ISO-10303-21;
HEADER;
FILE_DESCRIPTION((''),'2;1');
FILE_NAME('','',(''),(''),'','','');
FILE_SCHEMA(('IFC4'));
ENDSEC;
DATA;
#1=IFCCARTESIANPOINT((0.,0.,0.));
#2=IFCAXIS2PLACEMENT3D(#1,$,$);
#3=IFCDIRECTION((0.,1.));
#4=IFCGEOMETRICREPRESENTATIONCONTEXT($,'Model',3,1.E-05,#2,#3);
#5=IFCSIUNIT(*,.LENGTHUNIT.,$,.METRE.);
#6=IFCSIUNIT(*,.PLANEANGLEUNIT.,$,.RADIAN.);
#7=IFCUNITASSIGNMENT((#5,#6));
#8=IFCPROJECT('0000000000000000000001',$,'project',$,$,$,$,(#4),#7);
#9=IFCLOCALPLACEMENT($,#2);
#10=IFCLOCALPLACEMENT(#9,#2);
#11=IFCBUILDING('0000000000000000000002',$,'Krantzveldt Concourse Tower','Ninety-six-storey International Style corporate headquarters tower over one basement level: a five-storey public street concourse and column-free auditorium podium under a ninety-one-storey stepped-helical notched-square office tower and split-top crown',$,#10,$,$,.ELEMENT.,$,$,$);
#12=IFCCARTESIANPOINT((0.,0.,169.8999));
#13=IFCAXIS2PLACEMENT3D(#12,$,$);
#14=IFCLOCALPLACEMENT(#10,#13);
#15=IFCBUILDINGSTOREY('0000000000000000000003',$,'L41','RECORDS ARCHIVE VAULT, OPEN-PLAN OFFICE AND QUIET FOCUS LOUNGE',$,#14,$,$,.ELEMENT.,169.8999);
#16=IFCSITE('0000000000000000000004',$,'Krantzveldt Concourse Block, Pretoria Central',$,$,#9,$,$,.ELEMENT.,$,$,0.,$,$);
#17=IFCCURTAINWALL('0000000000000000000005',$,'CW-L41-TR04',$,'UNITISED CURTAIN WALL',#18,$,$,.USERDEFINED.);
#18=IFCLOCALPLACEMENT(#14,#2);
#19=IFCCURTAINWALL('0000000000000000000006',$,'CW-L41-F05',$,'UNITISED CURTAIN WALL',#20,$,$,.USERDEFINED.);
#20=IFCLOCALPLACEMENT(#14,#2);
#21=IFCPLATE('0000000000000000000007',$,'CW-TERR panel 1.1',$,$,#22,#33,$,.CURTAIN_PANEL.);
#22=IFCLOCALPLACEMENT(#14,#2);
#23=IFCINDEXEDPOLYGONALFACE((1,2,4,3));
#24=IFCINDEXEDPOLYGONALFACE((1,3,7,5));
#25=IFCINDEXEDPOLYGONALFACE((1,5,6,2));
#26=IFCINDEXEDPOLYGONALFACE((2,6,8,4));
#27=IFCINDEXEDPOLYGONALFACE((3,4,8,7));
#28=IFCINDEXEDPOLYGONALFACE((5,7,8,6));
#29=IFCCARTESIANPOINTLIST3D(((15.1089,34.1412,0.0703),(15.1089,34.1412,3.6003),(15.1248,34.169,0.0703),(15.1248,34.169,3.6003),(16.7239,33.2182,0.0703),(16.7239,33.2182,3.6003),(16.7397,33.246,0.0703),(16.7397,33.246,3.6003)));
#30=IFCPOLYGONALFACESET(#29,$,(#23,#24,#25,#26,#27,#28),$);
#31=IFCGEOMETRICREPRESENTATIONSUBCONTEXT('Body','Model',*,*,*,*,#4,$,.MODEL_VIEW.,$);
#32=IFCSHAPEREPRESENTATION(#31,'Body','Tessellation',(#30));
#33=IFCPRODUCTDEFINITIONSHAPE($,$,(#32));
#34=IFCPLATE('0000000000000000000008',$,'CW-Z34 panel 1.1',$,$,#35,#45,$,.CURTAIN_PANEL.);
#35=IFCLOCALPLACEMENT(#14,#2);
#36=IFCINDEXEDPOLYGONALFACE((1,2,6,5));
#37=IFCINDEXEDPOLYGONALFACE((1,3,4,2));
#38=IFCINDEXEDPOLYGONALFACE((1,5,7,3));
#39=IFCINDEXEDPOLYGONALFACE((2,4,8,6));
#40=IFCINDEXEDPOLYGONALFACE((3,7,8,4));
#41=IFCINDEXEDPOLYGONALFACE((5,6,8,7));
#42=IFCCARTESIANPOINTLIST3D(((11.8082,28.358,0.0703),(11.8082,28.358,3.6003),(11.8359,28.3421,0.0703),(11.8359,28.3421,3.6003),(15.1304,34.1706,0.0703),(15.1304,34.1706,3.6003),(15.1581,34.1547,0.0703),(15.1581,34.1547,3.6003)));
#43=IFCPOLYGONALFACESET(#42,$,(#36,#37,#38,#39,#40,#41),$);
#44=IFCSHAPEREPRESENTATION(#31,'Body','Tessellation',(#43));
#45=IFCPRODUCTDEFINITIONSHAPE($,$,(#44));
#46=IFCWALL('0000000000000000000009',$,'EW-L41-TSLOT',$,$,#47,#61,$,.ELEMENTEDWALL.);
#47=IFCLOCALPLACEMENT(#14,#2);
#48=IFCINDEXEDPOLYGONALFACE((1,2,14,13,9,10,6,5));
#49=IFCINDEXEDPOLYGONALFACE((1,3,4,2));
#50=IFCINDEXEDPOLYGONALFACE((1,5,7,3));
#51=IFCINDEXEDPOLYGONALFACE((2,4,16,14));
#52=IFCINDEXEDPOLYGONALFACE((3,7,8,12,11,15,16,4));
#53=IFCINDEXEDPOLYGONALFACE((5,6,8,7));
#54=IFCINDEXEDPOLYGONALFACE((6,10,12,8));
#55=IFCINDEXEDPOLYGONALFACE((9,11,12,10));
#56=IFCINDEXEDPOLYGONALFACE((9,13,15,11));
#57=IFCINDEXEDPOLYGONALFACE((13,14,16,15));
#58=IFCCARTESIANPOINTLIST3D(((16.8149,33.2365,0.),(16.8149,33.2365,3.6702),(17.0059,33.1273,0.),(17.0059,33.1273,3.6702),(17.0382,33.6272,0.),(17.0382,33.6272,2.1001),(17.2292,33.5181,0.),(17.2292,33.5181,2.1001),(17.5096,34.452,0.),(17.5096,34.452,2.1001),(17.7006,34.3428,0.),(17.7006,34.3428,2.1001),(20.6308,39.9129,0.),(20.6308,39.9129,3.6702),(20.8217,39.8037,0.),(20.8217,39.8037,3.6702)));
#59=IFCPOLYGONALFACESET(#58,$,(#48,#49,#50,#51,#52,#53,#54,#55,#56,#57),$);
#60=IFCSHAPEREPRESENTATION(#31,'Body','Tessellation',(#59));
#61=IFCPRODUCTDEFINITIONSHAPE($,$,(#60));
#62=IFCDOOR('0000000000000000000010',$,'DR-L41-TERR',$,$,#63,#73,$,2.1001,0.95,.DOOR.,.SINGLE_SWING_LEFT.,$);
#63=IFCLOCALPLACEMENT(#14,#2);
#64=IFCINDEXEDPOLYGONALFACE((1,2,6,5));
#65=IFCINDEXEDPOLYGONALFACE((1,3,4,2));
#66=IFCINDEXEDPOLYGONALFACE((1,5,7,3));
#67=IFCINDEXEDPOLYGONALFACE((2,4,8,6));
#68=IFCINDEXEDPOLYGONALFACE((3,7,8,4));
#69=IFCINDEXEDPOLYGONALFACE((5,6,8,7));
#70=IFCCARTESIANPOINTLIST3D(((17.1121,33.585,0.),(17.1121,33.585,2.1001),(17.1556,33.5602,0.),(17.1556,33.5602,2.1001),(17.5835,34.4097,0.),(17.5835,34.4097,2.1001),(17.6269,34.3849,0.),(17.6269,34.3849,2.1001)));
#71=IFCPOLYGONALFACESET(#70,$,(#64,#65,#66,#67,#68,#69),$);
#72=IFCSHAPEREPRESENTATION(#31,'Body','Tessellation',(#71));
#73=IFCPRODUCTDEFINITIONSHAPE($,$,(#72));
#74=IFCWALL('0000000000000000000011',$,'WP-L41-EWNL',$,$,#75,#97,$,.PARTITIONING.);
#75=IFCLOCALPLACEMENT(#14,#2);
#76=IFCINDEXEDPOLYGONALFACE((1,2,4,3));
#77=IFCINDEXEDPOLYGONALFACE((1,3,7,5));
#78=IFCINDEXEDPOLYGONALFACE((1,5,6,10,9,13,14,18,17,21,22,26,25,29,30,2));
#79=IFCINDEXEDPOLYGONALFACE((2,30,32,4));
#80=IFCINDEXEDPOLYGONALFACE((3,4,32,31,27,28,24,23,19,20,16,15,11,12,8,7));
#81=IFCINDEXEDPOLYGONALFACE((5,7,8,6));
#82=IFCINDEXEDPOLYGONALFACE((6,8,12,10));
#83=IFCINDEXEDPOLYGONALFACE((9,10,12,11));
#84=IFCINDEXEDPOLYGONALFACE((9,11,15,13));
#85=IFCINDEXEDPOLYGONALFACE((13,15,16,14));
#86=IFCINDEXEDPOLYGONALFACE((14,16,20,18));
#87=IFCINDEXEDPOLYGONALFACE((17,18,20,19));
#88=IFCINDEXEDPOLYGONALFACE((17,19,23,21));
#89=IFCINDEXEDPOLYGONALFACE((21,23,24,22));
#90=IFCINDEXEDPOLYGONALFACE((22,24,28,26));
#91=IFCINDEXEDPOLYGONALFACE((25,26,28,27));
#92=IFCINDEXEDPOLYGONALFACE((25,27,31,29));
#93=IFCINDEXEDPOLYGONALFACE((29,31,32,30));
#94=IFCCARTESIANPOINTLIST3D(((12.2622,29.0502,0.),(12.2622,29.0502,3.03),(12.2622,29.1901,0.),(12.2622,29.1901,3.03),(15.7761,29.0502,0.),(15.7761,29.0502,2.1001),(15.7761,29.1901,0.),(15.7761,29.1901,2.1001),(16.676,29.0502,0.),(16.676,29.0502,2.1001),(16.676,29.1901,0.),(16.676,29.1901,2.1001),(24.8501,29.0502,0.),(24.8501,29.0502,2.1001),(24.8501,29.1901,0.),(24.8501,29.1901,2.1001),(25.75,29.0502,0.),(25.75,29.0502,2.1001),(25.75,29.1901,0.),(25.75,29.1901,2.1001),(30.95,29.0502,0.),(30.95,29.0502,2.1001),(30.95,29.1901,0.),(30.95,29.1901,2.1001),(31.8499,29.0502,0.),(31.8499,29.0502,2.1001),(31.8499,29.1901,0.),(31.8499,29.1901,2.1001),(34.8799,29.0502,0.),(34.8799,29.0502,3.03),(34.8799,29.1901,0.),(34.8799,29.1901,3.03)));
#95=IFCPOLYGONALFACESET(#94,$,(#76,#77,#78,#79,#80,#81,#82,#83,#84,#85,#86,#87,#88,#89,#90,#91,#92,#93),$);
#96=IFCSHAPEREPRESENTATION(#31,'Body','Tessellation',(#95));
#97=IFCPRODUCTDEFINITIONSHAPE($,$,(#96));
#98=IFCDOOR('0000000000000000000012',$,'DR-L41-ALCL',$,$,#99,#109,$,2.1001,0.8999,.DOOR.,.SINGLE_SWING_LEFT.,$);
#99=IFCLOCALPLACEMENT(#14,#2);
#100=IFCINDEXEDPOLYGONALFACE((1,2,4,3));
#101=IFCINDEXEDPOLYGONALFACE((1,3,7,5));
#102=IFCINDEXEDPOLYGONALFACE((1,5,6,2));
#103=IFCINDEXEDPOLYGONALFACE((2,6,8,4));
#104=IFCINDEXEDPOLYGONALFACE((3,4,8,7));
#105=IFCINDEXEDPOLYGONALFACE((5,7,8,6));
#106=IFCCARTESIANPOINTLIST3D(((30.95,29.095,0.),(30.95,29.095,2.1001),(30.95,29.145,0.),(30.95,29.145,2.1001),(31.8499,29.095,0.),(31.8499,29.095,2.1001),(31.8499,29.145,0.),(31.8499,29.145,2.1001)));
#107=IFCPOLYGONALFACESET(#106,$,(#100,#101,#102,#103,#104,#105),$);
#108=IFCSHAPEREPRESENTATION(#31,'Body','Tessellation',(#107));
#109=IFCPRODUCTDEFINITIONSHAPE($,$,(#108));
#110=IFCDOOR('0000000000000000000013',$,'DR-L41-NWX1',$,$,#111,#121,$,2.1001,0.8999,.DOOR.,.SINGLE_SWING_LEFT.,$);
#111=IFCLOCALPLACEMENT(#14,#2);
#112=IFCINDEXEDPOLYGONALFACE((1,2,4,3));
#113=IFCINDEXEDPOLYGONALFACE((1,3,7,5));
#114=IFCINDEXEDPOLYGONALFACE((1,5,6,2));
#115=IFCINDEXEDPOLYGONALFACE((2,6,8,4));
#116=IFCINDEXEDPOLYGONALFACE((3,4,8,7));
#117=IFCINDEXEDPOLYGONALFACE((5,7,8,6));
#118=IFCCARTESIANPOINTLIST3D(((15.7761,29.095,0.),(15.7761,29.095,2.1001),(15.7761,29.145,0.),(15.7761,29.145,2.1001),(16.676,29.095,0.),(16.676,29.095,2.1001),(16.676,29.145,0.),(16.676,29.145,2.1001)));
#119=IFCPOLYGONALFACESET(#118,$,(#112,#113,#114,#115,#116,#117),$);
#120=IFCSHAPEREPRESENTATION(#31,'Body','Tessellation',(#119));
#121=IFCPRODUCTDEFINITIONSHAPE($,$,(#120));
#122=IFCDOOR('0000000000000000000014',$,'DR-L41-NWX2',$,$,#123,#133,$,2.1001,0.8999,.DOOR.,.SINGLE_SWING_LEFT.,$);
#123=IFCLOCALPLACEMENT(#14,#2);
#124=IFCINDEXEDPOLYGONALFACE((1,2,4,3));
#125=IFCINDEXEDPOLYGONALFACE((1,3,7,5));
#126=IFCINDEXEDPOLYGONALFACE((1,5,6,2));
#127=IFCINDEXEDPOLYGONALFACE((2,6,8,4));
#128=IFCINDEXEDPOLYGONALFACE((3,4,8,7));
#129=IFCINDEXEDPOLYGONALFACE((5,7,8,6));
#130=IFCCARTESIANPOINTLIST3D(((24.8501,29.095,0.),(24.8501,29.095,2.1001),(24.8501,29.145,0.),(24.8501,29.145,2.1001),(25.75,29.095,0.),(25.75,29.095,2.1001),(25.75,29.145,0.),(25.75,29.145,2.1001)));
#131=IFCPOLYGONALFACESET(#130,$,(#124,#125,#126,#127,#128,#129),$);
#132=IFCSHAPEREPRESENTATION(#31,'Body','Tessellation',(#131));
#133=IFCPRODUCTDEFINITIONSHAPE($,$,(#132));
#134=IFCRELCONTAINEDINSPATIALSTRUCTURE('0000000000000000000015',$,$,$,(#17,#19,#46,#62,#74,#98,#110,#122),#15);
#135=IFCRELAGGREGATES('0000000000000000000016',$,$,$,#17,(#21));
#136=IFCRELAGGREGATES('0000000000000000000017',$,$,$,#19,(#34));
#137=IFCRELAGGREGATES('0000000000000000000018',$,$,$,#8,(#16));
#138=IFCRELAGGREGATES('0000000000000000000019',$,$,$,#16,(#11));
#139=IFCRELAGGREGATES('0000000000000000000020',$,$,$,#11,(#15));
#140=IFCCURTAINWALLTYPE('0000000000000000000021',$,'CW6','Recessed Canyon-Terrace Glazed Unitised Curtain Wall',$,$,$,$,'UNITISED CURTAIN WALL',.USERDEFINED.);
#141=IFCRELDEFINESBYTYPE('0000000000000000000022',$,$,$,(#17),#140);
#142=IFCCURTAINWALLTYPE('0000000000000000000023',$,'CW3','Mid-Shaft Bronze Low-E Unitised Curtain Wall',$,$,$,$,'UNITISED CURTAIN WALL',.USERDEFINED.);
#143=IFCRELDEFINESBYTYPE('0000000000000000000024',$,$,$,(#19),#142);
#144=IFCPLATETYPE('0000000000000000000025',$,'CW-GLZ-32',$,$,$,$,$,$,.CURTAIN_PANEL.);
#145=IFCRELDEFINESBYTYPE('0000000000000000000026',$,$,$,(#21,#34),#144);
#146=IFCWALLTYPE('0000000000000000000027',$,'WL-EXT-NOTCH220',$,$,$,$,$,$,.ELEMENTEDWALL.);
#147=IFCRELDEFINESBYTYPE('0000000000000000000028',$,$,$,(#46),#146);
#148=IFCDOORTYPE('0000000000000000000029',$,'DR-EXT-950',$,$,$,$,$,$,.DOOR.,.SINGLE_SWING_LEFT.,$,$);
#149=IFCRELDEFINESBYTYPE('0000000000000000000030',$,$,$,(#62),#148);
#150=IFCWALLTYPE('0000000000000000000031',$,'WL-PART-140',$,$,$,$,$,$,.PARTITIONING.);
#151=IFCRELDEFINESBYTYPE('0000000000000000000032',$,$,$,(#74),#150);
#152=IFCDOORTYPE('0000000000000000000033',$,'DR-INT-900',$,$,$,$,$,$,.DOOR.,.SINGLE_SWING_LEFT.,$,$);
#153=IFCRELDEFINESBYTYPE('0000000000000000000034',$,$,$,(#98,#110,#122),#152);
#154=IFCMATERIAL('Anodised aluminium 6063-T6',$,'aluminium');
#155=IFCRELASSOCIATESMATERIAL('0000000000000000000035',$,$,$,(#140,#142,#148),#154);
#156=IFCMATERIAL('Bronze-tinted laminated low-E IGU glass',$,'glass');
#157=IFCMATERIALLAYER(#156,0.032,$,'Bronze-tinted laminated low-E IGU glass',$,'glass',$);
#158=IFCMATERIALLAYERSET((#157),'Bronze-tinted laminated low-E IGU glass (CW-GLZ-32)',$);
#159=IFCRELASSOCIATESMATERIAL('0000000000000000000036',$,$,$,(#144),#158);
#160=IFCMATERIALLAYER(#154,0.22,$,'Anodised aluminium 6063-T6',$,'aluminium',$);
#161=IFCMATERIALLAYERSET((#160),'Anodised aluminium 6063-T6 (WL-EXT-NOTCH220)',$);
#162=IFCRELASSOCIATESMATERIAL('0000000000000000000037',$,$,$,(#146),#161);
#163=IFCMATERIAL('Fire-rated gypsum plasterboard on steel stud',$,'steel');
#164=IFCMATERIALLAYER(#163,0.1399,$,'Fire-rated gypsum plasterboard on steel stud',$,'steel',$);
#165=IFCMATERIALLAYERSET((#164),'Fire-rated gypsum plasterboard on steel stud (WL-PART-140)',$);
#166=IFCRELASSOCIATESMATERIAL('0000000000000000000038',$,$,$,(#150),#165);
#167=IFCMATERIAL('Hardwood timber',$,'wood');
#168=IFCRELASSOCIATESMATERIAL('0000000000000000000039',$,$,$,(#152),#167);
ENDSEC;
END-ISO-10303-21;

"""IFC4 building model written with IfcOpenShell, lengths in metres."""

from ifc_helpers import new_model, si_unit, direction, frame, frame_2d, origin, origin_2d, place, context, subcontext, project, spatial, rectangle, extrude, source, transform, mapped, material, layer, layer_set, type_object, type_shapes, element, fill, aggregate, save


model = new_model("IFC4")

# Units and contexts
model_context = context("Model", 3, precision=1e-05, world=origin(), true_north=direction((0.0, 1.0)))
body_context = subcontext(model_context, "Body", "Model", "MODEL_VIEW")
ifc_project = project(units=[si_unit("LENGTHUNIT", "METRE"), si_unit("PLANEANGLEUNIT", "RADIAN")], contexts=[model_context])

# Site, building, storey
site_placement = place(None, origin())
site = spatial("IfcSite", under=ifc_project, at=site_placement, Name="Krantzveldt Concourse Block, Pretoria Central", CompositionType="ELEMENT", RefElevation=0.0)
building_placement = place(site_placement, origin())
building = spatial("IfcBuilding", under=site, at=building_placement, Name="Krantzveldt Concourse Tower", Description="Ninety-six-storey International Style corporate headquarters tower over one basement level: a five-storey public street concourse and column-free auditorium podium under a ninety-one-storey stepped-helical notched-square office tower and split-top crown", CompositionType="ELEMENT")
storey_placement = place(building_placement, frame((0.0, 0.0, 169.8999)))
storey = spatial("IfcBuildingStorey", under=building, at=storey_placement, Name="L41", Description="RECORDS ARCHIVE VAULT, OPEN-PLAN OFFICE AND QUIET FOCUS LOUNGE", CompositionType="ELEMENT", Elevation=169.8999)

# Curtain walls
ifc_material_1 = material(Name="Anodised aluminium 6063-T6", Category="aluminium")
curtain_wall_type_1 = type_object("IfcCurtainWallType", Name="CW6", Description="Recessed Canyon-Terrace Glazed Unitised Curtain Wall", ElementType="UNITISED CURTAIN WALL", PredefinedType="USERDEFINED", material=ifc_material_1)
curtain_wall_1_placement = place(storey_placement, origin())
curtain_wall_1 = element("IfcCurtainWall", 1, at=curtain_wall_1_placement, inside=storey, type_object=curtain_wall_type_1, Name="CW-L41-TR04", ObjectType="UNITISED CURTAIN WALL", PredefinedType="USERDEFINED")
curtain_wall_type_2 = type_object("IfcCurtainWallType", Name="CW3", Description="Mid-Shaft Bronze Low-E Unitised Curtain Wall", ElementType="UNITISED CURTAIN WALL", PredefinedType="USERDEFINED", material=ifc_material_1)
curtain_wall_2_placement = place(storey_placement, origin())
curtain_wall_2 = element("IfcCurtainWall", 2, at=curtain_wall_2_placement, inside=storey, type_object=curtain_wall_type_2, Name="CW-L41-F05", ObjectType="UNITISED CURTAIN WALL", PredefinedType="USERDEFINED")

# Plates
ifc_material_2 = material(Name="Bronze-tinted laminated low-E IGU glass", Category="glass")
ifc_layer_1 = layer(ifc_material_2, 0.032, Name="Bronze-tinted laminated low-E IGU glass", Category="glass")
ifc_layer_set_1 = layer_set([ifc_layer_1], Name="Bronze-tinted laminated low-E IGU glass (CW-GLZ-32)")
plate_type = type_object("IfcPlateType", Name="CW-GLZ-32", PredefinedType="CURTAIN_PANEL", material=ifc_layer_set_1)
shared_shape_1 = source(origin(), body_context, "Body", "SweptSolid", [
    extrude(rectangle(XDim=1.8601, YDim=0.032, at=origin_2d()), origin(), (0.0, 0.0, 1.0), 3.53),
])
plate_1_placement = place(storey_placement, frame((15.9243, 33.6936, 0.0703), z_axis=(0.0, 0.0, 1.0), x_axis=(-0.868198, 0.496219, 0.0)))
plate_1 = element("IfcPlate", 3, at=plate_1_placement, type_object=plate_type, Name="CW-TERR panel 1.1", PredefinedType="CURTAIN_PANEL", context=body_context, shape_type="MappedRepresentation", body=[
    mapped(shared_shape_1, transform((0.0, 0.0, 0.0), x_axis=(1.0, 0.0, 0.0), y_axis=(0.0, 1.0, 0.0), z_axis=(0.0, 0.0, 1.0), scale=1.0)),
])
aggregate(curtain_wall_1, [plate_1])
shared_shape_2 = source(origin(), body_context, "Body", "SweptSolid", [
    extrude(rectangle(XDim=6.6951, YDim=0.032, at=origin_2d()), origin(), (0.0, 0.0, 1.0), 3.53),
])
type_shapes(plate_type, [shared_shape_1, shared_shape_2])
plate_2_placement = place(storey_placement, frame((13.4832, 31.2563, 0.0703), z_axis=(0.0, 0.0, 1.0), x_axis=(-0.496216, -0.868199, 0.0)))
plate_2 = element("IfcPlate", 4, at=plate_2_placement, type_object=plate_type, Name="CW-Z34 panel 1.1", PredefinedType="CURTAIN_PANEL", context=body_context, shape_type="MappedRepresentation", body=[
    mapped(shared_shape_2, transform((0.0, 0.0, 0.0), x_axis=(1.0, 0.0, 0.0), y_axis=(0.0, 1.0, 0.0), z_axis=(0.0, 0.0, 1.0), scale=1.0)),
])
aggregate(curtain_wall_2, [plate_2])

# Wall, opening, door
ifc_layer_2 = layer(ifc_material_1, 0.22, Name="Anodised aluminium 6063-T6", Category="aluminium")
ifc_layer_set_2 = layer_set([ifc_layer_2], Name="Anodised aluminium 6063-T6 (WL-EXT-NOTCH220)")
wall_type_1 = type_object("IfcWallType", Name="WL-EXT-NOTCH220", PredefinedType="ELEMENTEDWALL", material=ifc_layer_set_2)
wall_1_placement = place(storey_placement, frame((16.9104, 33.1819, 0.0), z_axis=(0.0, 0.0, 1.0), x_axis=(0.496214, 0.8682, 0.0)))
wall_1 = element("IfcWall", 5, at=wall_1_placement, inside=storey, type_object=wall_type_1, Name="EW-L41-TSLOT", PredefinedType="ELEMENTEDWALL", context=body_context, shape_type="SweptSolid", body=[
    extrude(rectangle(XDim=7.6899, YDim=0.22, at=frame_2d((3.845, 0.0))), origin(), (0.0, 0.0, 1.0), 3.6702),
])
opening_1_placement = place(wall_1_placement, frame((0.45, 0.0, 0.0)))
opening_1 = element("IfcOpeningElement", 6, at=opening_1_placement, cuts=wall_1, PredefinedType="OPENING", context=body_context, shape_type="SweptSolid", body=[
    extrude(rectangle(XDim=0.95, YDim=2.1001, at=frame_2d((0.4751, 1.05))), frame((0.0, 0.1201, 0.0), z_axis=(0.0, -1.0, 0.0), x_axis=(1.0, 0.0, 0.0)), (0.0, 0.0, 1.0), 0.24),
])
door_type_1 = type_object("IfcDoorType", Name="DR-EXT-950", OperationType="SINGLE_SWING_LEFT", PredefinedType="DOOR", material=ifc_material_1)
door_1_placement = place(opening_1_placement, origin())
door_1 = element("IfcDoor", 7, at=door_1_placement, inside=storey, type_object=door_type_1, Name="DR-L41-TERR", OperationType="SINGLE_SWING_LEFT", OverallHeight=2.1001, OverallWidth=0.95, PredefinedType="DOOR", context=body_context, shape_type="SweptSolid", body=[
    extrude(rectangle(XDim=0.95, YDim=2.1001, at=frame_2d((0.4751, 1.05))), frame((0.0, 0.0249, 0.0), z_axis=(0.0, -1.0, 0.0), x_axis=(1.0, 0.0, 0.0)), (0.0, 0.0, 1.0), 0.05),
])
fill(opening_1, door_1)

# Wall, openings, doors
ifc_material_3 = material(Name="Fire-rated gypsum plasterboard on steel stud", Category="steel")
ifc_layer_3 = layer(ifc_material_3, 0.1399, Name="Fire-rated gypsum plasterboard on steel stud", Category="steel")
ifc_layer_set_3 = layer_set([ifc_layer_3], Name="Fire-rated gypsum plasterboard on steel stud (WL-PART-140)")
wall_type_2 = type_object("IfcWallType", Name="WL-PART-140", PredefinedType="PARTITIONING", material=ifc_layer_set_3)
wall_2_placement = place(storey_placement, frame((12.2622, 29.1201, 0.0), z_axis=(0.0, 0.0, 1.0), x_axis=(1.0, 0.0, 0.0)))
wall_2 = element("IfcWall", 8, at=wall_2_placement, inside=storey, type_object=wall_type_2, Name="WP-L41-EWNL", PredefinedType="PARTITIONING", context=body_context, shape_type="SweptSolid", body=[
    extrude(rectangle(XDim=22.6177, YDim=0.1399, at=frame_2d((11.3088, 0.0))), origin(), (0.0, 0.0, 1.0), 3.03),
])
opening_2_placement = place(wall_2_placement, frame((18.6877, 0.0, 0.0)))
opening_2 = element("IfcOpeningElement", 9, at=opening_2_placement, cuts=wall_2, PredefinedType="OPENING", context=body_context, shape_type="SweptSolid", body=[
    extrude(rectangle(XDim=0.8999, YDim=2.1001, at=frame_2d((0.45, 1.05))), frame((0.0, 0.0801, 0.0), z_axis=(0.0, -1.0, 0.0), x_axis=(1.0, 0.0, 0.0)), (0.0, 0.0, 1.0), 0.1599),
])
opening_3_placement = place(wall_2_placement, frame((3.5139, 0.0, 0.0)))
opening_3 = element("IfcOpeningElement", 10, at=opening_3_placement, cuts=wall_2, PredefinedType="OPENING", context=body_context, shape_type="SweptSolid", body=[
    extrude(rectangle(XDim=0.8999, YDim=2.1001, at=frame_2d((0.45, 1.05))), frame((0.0, 0.0801, 0.0), z_axis=(0.0, -1.0, 0.0), x_axis=(1.0, 0.0, 0.0)), (0.0, 0.0, 1.0), 0.1599),
])
opening_4_placement = place(wall_2_placement, frame((12.5879, 0.0, 0.0)))
opening_4 = element("IfcOpeningElement", 11, at=opening_4_placement, cuts=wall_2, PredefinedType="OPENING", context=body_context, shape_type="SweptSolid", body=[
    extrude(rectangle(XDim=0.8999, YDim=2.1001, at=frame_2d((0.45, 1.05))), frame((0.0, 0.0801, 0.0), z_axis=(0.0, -1.0, 0.0), x_axis=(1.0, 0.0, 0.0)), (0.0, 0.0, 1.0), 0.1599),
])
ifc_material_4 = material(Name="Hardwood timber", Category="wood")
door_type_2 = type_object("IfcDoorType", Name="DR-INT-900", OperationType="SINGLE_SWING_LEFT", PredefinedType="DOOR", material=ifc_material_4)
door_2_placement = place(opening_2_placement, origin())
door_2 = element("IfcDoor", 12, at=door_2_placement, inside=storey, type_object=door_type_2, Name="DR-L41-ALCL", OperationType="SINGLE_SWING_LEFT", OverallHeight=2.1001, OverallWidth=0.8999, PredefinedType="DOOR", context=body_context, shape_type="SweptSolid", body=[
    extrude(rectangle(XDim=0.8999, YDim=2.1001, at=frame_2d((0.45, 1.05))), frame((0.0, 0.0249, 0.0), z_axis=(0.0, -1.0, 0.0), x_axis=(1.0, 0.0, 0.0)), (0.0, 0.0, 1.0), 0.05),
])
fill(opening_2, door_2)
door_3_placement = place(opening_3_placement, origin())
door_3 = element("IfcDoor", 13, at=door_3_placement, inside=storey, type_object=door_type_2, Name="DR-L41-NWX1", OperationType="SINGLE_SWING_LEFT", OverallHeight=2.1001, OverallWidth=0.8999, PredefinedType="DOOR", context=body_context, shape_type="SweptSolid", body=[
    extrude(rectangle(XDim=0.8999, YDim=2.1001, at=frame_2d((0.45, 1.05))), frame((0.0, 0.0249, 0.0), z_axis=(0.0, -1.0, 0.0), x_axis=(1.0, 0.0, 0.0)), (0.0, 0.0, 1.0), 0.05),
])
fill(opening_3, door_3)
door_4_placement = place(opening_4_placement, origin())
door_4 = element("IfcDoor", 14, at=door_4_placement, inside=storey, type_object=door_type_2, Name="DR-L41-NWX2", OperationType="SINGLE_SWING_LEFT", OverallHeight=2.1001, OverallWidth=0.8999, PredefinedType="DOOR", context=body_context, shape_type="SweptSolid", body=[
    extrude(rectangle(XDim=0.8999, YDim=2.1001, at=frame_2d((0.45, 1.05))), frame((0.0, 0.0249, 0.0), z_axis=(0.0, -1.0, 0.0), x_axis=(1.0, 0.0, 0.0)), (0.0, 0.0, 1.0), 0.05),
])
fill(opening_4, door_4)

save(model, "model.ifc")
